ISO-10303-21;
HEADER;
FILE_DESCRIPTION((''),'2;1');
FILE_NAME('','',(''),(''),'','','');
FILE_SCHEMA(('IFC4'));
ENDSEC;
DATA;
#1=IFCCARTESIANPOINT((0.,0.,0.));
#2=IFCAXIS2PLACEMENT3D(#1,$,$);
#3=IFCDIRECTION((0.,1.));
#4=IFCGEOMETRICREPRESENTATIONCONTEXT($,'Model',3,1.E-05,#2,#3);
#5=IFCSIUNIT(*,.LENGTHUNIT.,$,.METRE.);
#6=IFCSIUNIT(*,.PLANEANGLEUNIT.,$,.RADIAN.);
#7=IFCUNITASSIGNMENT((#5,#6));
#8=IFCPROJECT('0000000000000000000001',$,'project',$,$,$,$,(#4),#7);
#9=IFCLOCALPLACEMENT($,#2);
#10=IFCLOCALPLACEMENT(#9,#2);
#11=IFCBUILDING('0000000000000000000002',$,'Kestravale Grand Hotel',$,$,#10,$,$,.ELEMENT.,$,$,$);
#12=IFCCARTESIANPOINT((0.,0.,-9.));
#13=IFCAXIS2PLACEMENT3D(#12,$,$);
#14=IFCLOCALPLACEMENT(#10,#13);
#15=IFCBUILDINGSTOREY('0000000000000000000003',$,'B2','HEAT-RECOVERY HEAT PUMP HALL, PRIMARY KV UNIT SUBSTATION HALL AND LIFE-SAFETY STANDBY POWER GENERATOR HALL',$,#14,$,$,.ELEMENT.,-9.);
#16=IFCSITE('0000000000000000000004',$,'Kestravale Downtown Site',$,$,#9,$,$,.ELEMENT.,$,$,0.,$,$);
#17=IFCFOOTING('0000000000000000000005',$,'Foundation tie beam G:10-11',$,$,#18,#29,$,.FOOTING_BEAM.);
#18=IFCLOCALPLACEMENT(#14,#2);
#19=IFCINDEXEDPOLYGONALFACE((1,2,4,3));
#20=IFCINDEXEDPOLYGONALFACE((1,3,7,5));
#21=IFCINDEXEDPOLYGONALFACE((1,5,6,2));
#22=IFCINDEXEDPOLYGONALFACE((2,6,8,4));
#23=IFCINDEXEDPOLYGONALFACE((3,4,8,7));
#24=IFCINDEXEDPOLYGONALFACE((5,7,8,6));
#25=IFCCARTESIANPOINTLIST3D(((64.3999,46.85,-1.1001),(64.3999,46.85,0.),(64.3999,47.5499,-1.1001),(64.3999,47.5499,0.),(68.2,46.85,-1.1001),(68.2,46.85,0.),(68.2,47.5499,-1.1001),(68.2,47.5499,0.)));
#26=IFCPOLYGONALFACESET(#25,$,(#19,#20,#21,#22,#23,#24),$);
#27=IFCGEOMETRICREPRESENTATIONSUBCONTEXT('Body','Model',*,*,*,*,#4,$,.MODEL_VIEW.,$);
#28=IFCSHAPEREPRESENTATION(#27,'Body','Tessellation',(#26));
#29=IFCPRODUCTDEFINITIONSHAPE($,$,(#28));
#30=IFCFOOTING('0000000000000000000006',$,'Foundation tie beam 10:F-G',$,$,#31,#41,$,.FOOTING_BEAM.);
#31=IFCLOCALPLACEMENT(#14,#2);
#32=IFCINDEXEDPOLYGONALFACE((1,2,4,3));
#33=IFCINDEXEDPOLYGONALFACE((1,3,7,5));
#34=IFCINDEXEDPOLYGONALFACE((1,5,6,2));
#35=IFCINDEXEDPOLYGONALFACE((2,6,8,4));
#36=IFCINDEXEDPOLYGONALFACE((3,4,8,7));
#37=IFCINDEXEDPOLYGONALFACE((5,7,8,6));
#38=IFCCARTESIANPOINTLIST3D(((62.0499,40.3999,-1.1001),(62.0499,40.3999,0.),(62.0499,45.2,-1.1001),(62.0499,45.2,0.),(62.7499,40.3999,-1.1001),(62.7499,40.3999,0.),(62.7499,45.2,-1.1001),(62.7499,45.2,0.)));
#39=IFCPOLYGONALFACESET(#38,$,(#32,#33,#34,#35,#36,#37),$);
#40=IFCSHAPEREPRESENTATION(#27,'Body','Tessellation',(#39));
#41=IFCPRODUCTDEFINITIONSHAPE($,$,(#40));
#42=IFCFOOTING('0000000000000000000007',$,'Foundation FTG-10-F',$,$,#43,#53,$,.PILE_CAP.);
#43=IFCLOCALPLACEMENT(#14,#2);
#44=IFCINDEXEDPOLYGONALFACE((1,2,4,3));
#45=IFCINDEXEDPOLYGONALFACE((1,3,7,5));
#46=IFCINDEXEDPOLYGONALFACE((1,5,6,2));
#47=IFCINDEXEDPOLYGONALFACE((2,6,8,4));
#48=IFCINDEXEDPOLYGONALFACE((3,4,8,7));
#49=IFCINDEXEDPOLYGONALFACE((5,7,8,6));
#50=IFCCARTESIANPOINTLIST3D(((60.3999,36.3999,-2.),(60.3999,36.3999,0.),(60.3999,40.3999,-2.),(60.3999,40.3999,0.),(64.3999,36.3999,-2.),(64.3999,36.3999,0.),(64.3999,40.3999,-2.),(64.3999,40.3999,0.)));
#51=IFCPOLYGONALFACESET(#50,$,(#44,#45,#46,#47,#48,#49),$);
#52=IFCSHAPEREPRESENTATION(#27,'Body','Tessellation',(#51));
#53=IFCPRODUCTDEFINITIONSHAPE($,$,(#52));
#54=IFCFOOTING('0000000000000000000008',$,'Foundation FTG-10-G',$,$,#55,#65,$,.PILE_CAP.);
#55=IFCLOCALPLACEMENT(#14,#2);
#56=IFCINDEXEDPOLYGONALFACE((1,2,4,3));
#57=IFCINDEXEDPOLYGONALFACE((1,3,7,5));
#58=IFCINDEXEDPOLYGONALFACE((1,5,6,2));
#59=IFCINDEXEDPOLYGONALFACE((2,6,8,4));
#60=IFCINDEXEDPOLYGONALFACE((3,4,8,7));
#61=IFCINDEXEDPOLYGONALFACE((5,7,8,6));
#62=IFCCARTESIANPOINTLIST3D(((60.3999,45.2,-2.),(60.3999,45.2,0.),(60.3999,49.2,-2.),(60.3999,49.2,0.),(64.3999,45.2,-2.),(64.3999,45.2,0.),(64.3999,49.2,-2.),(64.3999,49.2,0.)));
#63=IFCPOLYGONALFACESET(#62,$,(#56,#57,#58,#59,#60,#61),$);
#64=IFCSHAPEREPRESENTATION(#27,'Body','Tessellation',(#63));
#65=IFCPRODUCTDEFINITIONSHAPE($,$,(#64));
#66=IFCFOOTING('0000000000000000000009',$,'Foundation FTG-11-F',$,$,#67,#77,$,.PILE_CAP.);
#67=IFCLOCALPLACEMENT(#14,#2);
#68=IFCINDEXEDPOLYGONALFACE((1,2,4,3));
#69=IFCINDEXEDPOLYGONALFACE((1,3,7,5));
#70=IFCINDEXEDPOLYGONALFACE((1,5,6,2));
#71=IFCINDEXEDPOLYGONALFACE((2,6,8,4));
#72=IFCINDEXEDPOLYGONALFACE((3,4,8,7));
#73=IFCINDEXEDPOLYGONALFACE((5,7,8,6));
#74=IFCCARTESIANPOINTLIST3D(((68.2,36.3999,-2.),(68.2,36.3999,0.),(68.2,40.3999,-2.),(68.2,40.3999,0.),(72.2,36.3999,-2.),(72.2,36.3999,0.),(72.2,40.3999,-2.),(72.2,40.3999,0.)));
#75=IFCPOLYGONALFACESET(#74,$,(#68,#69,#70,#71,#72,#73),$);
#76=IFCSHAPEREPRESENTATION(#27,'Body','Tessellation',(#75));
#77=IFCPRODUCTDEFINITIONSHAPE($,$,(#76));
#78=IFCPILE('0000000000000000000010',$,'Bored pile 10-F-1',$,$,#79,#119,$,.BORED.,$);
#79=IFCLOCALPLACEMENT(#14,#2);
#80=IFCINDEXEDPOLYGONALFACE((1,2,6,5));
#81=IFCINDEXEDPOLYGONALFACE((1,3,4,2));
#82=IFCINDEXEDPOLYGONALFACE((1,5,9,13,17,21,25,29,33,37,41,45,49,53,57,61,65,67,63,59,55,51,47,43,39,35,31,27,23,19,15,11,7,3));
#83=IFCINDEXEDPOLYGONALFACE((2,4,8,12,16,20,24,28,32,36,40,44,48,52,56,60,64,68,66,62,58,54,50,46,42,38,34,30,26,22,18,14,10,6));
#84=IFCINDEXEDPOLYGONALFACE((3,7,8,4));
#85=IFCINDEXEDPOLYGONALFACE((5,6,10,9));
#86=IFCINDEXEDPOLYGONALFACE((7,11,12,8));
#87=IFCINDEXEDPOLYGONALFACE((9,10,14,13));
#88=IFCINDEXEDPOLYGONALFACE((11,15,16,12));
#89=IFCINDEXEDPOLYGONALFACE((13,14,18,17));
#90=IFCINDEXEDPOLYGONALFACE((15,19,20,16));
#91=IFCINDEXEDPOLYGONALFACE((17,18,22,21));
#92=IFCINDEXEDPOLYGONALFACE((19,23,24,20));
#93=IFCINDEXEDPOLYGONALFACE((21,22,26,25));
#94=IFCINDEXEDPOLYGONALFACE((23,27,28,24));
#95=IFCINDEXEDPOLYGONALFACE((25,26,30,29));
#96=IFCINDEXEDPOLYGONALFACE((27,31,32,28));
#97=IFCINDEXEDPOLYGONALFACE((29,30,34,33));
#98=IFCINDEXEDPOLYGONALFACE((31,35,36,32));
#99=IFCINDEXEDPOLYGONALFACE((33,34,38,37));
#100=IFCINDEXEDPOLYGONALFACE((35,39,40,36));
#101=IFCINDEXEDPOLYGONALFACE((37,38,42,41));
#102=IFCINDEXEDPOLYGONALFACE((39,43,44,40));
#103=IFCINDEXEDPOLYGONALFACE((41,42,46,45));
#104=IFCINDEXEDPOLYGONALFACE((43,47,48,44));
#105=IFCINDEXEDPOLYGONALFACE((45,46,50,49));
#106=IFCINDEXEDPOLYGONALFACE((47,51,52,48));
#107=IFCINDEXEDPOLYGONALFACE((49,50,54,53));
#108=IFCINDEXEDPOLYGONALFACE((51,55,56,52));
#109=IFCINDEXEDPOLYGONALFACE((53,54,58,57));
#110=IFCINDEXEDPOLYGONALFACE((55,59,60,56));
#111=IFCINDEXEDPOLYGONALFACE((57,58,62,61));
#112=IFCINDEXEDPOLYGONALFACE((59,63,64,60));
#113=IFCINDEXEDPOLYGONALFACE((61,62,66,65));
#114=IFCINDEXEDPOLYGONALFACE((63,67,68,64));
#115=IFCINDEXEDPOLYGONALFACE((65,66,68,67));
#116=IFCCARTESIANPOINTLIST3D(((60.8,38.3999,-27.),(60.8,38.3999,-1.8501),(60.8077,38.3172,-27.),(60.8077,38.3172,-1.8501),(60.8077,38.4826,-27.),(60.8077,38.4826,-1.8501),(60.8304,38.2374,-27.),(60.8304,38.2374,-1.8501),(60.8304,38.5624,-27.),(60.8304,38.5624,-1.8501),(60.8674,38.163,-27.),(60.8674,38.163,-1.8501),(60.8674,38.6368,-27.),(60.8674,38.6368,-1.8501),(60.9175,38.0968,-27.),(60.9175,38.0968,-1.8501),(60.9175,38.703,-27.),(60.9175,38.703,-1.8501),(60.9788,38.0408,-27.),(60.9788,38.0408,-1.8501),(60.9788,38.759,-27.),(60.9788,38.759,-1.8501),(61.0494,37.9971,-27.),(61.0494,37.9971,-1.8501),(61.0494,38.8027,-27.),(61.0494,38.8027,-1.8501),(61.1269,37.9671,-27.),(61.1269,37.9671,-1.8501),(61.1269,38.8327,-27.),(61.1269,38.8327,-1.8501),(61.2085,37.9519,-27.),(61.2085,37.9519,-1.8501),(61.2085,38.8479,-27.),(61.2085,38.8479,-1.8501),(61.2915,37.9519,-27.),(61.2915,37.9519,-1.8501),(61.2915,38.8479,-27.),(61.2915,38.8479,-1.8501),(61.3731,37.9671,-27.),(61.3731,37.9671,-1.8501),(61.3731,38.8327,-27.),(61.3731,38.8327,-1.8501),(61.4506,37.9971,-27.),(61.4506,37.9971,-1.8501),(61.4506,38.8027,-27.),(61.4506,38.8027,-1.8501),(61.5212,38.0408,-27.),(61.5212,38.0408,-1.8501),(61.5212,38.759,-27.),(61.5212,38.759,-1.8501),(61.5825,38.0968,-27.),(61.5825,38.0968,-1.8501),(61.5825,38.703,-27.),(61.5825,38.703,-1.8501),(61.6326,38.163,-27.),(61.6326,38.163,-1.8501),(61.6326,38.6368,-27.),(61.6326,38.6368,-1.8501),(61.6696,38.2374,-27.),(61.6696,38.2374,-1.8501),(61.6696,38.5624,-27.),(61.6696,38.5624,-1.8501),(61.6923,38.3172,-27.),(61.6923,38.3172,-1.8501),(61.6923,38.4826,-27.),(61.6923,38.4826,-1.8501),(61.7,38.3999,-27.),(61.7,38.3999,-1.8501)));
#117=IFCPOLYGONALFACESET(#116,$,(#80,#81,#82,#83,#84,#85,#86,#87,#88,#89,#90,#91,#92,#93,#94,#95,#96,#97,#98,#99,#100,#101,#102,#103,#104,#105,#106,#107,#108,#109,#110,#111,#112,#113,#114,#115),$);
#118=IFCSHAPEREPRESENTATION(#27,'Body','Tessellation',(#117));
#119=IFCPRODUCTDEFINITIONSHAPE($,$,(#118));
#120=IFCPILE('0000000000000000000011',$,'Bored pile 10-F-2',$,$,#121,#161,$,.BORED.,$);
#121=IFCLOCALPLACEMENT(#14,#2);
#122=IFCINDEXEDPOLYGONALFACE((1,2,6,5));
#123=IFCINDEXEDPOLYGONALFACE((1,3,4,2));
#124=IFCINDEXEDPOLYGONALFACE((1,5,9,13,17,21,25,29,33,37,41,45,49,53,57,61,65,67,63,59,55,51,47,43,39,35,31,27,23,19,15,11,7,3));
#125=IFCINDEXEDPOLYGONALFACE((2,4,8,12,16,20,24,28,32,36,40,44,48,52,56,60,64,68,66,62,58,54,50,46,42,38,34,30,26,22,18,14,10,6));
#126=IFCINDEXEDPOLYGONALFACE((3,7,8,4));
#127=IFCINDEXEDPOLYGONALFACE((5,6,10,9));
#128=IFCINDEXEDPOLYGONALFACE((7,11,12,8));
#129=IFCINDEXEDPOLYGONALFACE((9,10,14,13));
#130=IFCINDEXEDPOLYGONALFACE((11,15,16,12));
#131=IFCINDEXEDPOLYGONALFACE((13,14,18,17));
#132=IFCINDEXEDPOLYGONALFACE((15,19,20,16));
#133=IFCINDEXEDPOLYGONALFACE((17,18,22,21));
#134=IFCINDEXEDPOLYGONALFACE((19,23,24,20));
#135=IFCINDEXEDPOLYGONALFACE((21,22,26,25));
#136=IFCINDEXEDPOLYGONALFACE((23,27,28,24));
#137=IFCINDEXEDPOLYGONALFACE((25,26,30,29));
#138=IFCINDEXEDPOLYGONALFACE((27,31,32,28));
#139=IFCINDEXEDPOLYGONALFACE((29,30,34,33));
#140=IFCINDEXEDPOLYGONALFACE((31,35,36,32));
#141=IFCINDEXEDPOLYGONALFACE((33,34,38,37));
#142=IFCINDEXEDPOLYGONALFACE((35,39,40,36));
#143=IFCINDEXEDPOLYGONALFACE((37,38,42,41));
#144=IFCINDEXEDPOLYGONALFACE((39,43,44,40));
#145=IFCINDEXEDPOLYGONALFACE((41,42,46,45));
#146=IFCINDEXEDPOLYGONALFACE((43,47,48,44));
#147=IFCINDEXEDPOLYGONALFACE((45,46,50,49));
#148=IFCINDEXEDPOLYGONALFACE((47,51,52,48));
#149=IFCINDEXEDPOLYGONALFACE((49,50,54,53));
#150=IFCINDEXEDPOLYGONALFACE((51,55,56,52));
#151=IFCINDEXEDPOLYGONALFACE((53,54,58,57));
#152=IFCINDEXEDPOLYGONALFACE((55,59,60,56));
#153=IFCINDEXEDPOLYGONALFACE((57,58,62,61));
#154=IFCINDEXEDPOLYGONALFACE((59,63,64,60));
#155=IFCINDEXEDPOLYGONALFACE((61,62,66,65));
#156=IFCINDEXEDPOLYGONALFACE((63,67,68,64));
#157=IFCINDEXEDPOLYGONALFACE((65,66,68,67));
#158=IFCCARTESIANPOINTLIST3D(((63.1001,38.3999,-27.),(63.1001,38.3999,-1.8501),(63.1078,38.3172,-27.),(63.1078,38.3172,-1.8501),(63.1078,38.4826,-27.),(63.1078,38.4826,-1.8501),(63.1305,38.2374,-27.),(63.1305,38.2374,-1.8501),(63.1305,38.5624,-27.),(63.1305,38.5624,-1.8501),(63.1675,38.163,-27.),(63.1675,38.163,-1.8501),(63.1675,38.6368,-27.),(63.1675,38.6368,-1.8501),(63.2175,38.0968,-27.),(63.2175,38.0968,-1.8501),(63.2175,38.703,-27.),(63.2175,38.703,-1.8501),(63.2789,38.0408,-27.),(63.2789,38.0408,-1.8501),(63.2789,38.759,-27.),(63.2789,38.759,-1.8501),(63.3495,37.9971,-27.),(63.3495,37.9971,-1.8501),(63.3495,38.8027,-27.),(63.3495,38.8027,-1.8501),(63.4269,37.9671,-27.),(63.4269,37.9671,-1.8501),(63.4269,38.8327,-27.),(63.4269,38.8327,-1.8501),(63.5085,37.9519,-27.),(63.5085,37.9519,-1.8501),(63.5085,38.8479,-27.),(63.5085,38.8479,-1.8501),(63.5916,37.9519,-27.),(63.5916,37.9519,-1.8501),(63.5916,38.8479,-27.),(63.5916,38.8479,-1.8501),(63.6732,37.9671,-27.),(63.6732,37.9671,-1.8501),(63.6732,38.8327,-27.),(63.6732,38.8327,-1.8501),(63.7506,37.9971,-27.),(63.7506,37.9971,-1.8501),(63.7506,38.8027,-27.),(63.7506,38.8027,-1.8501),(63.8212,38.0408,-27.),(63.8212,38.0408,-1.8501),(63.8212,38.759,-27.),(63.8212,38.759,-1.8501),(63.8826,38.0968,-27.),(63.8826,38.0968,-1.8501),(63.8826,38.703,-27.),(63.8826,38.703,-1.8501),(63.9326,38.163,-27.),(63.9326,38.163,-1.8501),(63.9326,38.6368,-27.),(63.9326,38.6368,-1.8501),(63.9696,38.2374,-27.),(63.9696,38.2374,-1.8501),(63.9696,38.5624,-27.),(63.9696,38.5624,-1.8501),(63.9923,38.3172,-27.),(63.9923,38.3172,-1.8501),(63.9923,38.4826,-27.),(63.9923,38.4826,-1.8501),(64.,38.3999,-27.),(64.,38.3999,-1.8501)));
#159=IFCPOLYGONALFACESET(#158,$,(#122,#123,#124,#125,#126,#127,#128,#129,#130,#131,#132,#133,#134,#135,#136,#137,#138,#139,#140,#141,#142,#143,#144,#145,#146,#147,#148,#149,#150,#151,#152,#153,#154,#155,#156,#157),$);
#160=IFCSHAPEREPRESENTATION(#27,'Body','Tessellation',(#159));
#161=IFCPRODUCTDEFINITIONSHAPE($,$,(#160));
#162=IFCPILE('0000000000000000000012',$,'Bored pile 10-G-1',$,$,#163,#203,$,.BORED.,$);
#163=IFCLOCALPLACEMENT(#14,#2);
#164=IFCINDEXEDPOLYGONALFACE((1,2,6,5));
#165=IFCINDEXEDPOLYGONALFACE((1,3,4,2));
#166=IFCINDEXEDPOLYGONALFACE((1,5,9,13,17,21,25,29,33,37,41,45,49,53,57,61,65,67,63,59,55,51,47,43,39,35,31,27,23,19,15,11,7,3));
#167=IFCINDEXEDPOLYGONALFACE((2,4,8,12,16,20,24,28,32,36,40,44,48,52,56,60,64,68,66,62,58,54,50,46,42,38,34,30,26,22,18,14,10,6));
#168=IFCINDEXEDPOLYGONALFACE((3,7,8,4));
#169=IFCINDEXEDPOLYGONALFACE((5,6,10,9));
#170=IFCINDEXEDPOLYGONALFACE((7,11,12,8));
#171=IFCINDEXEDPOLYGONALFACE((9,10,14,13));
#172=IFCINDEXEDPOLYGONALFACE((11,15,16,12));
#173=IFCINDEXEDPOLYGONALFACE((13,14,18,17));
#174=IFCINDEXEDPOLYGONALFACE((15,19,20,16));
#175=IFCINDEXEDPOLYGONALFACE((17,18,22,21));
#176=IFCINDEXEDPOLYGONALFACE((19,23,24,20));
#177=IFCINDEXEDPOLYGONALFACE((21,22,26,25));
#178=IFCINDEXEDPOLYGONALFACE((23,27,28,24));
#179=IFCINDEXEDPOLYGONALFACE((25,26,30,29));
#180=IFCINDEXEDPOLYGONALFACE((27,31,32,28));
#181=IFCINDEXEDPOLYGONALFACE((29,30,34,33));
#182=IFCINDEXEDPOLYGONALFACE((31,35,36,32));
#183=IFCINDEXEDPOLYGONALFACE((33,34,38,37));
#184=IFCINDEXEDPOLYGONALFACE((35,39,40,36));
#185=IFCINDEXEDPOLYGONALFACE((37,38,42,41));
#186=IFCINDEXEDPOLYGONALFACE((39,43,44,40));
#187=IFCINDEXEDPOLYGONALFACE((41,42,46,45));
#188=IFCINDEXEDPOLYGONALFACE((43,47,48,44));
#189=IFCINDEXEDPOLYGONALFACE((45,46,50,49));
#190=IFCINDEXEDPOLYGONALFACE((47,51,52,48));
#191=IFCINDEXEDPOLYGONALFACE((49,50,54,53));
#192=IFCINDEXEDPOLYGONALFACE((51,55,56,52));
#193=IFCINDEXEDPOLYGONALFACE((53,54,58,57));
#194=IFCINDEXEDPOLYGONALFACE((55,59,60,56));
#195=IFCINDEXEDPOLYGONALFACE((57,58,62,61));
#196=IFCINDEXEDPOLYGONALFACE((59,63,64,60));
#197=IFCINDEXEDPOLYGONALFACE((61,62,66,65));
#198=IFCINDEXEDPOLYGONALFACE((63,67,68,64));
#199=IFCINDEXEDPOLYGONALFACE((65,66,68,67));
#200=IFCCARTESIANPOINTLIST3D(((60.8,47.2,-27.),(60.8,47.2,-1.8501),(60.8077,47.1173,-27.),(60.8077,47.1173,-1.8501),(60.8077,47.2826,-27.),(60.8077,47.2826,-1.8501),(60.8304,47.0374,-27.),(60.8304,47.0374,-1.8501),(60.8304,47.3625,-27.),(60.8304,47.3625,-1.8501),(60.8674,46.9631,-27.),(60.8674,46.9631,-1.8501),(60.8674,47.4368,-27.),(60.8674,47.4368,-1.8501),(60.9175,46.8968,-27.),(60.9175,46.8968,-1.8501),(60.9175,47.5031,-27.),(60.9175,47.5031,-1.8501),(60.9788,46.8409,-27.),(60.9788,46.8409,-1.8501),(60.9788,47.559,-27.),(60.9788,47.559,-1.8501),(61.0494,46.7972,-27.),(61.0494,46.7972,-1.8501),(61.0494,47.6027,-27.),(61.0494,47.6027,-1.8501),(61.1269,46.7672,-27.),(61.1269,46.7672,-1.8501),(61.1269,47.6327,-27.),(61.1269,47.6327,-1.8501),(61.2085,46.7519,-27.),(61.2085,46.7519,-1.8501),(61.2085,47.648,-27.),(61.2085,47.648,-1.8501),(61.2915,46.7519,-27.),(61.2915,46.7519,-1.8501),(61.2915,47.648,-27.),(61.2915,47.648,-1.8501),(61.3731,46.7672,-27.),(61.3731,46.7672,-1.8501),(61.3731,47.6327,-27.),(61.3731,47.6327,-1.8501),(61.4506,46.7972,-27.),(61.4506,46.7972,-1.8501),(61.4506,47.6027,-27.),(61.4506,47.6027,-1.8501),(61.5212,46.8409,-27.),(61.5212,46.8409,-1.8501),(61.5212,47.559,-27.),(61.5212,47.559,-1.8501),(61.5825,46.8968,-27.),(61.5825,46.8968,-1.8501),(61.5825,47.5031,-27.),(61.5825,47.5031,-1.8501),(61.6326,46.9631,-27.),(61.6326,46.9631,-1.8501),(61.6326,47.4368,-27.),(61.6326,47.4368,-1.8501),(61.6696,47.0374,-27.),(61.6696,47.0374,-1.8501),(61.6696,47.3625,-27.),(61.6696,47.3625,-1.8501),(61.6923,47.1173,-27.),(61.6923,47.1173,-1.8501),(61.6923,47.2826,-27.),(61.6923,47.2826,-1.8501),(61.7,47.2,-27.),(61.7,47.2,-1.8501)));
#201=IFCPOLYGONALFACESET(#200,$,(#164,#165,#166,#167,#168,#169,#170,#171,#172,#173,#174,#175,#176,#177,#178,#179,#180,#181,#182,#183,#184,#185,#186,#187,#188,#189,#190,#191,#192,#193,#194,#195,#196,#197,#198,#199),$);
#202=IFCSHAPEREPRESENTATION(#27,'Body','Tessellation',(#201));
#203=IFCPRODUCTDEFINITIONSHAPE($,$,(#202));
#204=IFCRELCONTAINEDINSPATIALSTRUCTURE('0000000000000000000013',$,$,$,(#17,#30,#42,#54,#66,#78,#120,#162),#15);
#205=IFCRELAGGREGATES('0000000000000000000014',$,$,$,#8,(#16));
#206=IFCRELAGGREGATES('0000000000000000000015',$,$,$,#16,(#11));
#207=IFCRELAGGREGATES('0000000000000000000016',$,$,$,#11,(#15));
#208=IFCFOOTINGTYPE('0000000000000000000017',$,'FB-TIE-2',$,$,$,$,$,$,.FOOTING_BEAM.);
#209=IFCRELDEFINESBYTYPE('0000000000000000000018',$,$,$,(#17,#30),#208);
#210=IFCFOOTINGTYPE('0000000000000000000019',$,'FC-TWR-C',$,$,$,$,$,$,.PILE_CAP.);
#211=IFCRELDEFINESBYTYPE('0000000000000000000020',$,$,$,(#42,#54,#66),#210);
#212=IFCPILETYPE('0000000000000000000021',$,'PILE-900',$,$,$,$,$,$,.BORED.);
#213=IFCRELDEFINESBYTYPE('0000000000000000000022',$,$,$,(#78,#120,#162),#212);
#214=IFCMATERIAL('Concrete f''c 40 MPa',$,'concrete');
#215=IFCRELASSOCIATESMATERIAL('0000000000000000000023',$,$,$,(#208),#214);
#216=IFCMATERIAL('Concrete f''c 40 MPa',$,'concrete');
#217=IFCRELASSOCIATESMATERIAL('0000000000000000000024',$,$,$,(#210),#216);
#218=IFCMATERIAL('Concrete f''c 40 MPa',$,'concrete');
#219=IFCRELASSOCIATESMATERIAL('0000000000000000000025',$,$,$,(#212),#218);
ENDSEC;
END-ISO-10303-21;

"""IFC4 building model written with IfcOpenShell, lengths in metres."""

from ifc_helpers import new_model, si_unit, direction, frame, origin, origin_2d, place, context, subcontext, project, spatial, rectangle, circle, extrude, material, material_profile, profile_set, type_object, element, save


model = new_model("IFC4")

# Units and contexts
model_context = context("Model", 3, precision=1e-05, world=origin(), true_north=direction((0.0, 1.0)))
body_context = subcontext(model_context, "Body", "Model", "MODEL_VIEW")
ifc_project = project(units=[si_unit("LENGTHUNIT", "METRE"), si_unit("PLANEANGLEUNIT", "RADIAN")], contexts=[model_context])

# Site, building, storey
site_placement = place(None, origin())
site = spatial("IfcSite", under=ifc_project, at=site_placement, Name="Kestravale Downtown Site", CompositionType="ELEMENT", RefElevation=0.0)
building_placement = place(site_placement, origin())
building = spatial("IfcBuilding", under=site, at=building_placement, Name="Kestravale Grand Hotel", CompositionType="ELEMENT")
storey_placement = place(building_placement, frame((0.0, 0.0, -9.0)))
storey = spatial("IfcBuildingStorey", under=building, at=storey_placement, Name="B2", Description="HEAT-RECOVERY HEAT PUMP HALL, PRIMARY KV UNIT SUBSTATION HALL AND LIFE-SAFETY STANDBY POWER GENERATOR HALL", CompositionType="ELEMENT", Elevation=-9.0)

# Footings
ifc_material_1 = material(Name="Concrete f'c 40 MPa", Category="concrete")
ifc_material_profile_1 = material_profile(ifc_material_1, rectangle(XDim=0.7, YDim=1.1001, at=origin_2d()))
ifc_profile_set_1 = profile_set([ifc_material_profile_1], Name="Concrete f'c 40 MPa")
footing_type_1 = type_object("IfcFootingType", Name="FB-TIE-2", PredefinedType="FOOTING_BEAM", material=ifc_profile_set_1)
footing_1_placement = place(storey_placement, frame((64.3999, 47.2, -0.55), z_axis=(1.0, 0.0, 0.0), x_axis=(0.0, 1.0, 0.0)))
element("IfcFooting", 1, at=footing_1_placement, inside=storey, type_object=footing_type_1, Name="Foundation tie beam G:10-11", PredefinedType="FOOTING_BEAM", context=body_context, shape_type="SweptSolid", body=[
    extrude(rectangle(XDim=0.7, YDim=1.1001, at=origin_2d()), origin(), (0.0, 0.0, 1.0), 3.8),
])
footing_2_placement = place(storey_placement, frame((62.3999, 40.3999, -0.55), z_axis=(0.0, 1.0, 0.0), x_axis=(-1.0, 0.0, 0.0)))
element("IfcFooting", 2, at=footing_2_placement, inside=storey, type_object=footing_type_1, Name="Foundation tie beam 10:F-G", PredefinedType="FOOTING_BEAM", context=body_context, shape_type="SweptSolid", body=[
    extrude(rectangle(XDim=0.7, YDim=1.1001, at=origin_2d()), origin(), (0.0, 0.0, 1.0), 4.8),
])
ifc_material_2 = material(Name="Concrete f'c 40 MPa", Category="concrete")
footing_type_2 = type_object("IfcFootingType", Name="FC-TWR-C", PredefinedType="PILE_CAP", material=ifc_material_2)
for number, where, z_axis, x_axis, name in (
    (3, (62.3999, 38.3999, -2.0), (0.0, 0.0, 1.0), (1.0, 0.0, 0.0), "Foundation FTG-10-F"),
    (4, (62.3999, 47.2, -2.0), (0.0, 0.0, 1.0), (1.0, 0.0, 0.0), "Foundation FTG-10-G"),
    (5, (70.2, 38.3999, -2.0), (0.0, 0.0, 1.0), (1.0, 0.0, 0.0), "Foundation FTG-11-F"),
):
    element("IfcFooting", number, at=place(storey_placement, frame(where, z_axis=z_axis, x_axis=x_axis)), inside=storey, type_object=footing_type_2, Name=name, PredefinedType="PILE_CAP", context=body_context, shape_type="SweptSolid", body=[
        extrude(rectangle(XDim=4.0, YDim=4.0, at=origin_2d()), origin(), (0.0, 0.0, 1.0), 2.0),
    ])

# Piles
ifc_material_3 = material(Name="Concrete f'c 40 MPa", Category="concrete")
ifc_material_profile_2 = material_profile(ifc_material_3, circle(Radius=0.45, at=origin_2d()))
ifc_profile_set_2 = profile_set([ifc_material_profile_2], Name="Concrete f'c 40 MPa")
pile_type = type_object("IfcPileType", Name="PILE-900", PredefinedType="BORED", material=ifc_profile_set_2)
for number, where, z_axis, x_axis, name in (
    (6, (61.25, 38.3999, -1.8501), (0.0, 0.0, -1.0), (1.0, 0.0, 0.0), "Bored pile 10-F-1"),
    (7, (63.55, 38.3999, -1.8501), (0.0, 0.0, -1.0), (1.0, 0.0, 0.0), "Bored pile 10-F-2"),
    (8, (61.25, 47.2, -1.8501), (0.0, 0.0, -1.0), (1.0, 0.0, 0.0), "Bored pile 10-G-1"),
):
    element("IfcPile", number, at=place(storey_placement, frame(where, z_axis=z_axis, x_axis=x_axis)), inside=storey, type_object=pile_type, Name=name, PredefinedType="BORED", context=body_context, shape_type="SweptSolid", body=[
        extrude(circle(Radius=0.45, at=origin_2d()), origin(), (0.0, 0.0, 1.0), 25.1499),
    ])

save(model, "model.ifc")
